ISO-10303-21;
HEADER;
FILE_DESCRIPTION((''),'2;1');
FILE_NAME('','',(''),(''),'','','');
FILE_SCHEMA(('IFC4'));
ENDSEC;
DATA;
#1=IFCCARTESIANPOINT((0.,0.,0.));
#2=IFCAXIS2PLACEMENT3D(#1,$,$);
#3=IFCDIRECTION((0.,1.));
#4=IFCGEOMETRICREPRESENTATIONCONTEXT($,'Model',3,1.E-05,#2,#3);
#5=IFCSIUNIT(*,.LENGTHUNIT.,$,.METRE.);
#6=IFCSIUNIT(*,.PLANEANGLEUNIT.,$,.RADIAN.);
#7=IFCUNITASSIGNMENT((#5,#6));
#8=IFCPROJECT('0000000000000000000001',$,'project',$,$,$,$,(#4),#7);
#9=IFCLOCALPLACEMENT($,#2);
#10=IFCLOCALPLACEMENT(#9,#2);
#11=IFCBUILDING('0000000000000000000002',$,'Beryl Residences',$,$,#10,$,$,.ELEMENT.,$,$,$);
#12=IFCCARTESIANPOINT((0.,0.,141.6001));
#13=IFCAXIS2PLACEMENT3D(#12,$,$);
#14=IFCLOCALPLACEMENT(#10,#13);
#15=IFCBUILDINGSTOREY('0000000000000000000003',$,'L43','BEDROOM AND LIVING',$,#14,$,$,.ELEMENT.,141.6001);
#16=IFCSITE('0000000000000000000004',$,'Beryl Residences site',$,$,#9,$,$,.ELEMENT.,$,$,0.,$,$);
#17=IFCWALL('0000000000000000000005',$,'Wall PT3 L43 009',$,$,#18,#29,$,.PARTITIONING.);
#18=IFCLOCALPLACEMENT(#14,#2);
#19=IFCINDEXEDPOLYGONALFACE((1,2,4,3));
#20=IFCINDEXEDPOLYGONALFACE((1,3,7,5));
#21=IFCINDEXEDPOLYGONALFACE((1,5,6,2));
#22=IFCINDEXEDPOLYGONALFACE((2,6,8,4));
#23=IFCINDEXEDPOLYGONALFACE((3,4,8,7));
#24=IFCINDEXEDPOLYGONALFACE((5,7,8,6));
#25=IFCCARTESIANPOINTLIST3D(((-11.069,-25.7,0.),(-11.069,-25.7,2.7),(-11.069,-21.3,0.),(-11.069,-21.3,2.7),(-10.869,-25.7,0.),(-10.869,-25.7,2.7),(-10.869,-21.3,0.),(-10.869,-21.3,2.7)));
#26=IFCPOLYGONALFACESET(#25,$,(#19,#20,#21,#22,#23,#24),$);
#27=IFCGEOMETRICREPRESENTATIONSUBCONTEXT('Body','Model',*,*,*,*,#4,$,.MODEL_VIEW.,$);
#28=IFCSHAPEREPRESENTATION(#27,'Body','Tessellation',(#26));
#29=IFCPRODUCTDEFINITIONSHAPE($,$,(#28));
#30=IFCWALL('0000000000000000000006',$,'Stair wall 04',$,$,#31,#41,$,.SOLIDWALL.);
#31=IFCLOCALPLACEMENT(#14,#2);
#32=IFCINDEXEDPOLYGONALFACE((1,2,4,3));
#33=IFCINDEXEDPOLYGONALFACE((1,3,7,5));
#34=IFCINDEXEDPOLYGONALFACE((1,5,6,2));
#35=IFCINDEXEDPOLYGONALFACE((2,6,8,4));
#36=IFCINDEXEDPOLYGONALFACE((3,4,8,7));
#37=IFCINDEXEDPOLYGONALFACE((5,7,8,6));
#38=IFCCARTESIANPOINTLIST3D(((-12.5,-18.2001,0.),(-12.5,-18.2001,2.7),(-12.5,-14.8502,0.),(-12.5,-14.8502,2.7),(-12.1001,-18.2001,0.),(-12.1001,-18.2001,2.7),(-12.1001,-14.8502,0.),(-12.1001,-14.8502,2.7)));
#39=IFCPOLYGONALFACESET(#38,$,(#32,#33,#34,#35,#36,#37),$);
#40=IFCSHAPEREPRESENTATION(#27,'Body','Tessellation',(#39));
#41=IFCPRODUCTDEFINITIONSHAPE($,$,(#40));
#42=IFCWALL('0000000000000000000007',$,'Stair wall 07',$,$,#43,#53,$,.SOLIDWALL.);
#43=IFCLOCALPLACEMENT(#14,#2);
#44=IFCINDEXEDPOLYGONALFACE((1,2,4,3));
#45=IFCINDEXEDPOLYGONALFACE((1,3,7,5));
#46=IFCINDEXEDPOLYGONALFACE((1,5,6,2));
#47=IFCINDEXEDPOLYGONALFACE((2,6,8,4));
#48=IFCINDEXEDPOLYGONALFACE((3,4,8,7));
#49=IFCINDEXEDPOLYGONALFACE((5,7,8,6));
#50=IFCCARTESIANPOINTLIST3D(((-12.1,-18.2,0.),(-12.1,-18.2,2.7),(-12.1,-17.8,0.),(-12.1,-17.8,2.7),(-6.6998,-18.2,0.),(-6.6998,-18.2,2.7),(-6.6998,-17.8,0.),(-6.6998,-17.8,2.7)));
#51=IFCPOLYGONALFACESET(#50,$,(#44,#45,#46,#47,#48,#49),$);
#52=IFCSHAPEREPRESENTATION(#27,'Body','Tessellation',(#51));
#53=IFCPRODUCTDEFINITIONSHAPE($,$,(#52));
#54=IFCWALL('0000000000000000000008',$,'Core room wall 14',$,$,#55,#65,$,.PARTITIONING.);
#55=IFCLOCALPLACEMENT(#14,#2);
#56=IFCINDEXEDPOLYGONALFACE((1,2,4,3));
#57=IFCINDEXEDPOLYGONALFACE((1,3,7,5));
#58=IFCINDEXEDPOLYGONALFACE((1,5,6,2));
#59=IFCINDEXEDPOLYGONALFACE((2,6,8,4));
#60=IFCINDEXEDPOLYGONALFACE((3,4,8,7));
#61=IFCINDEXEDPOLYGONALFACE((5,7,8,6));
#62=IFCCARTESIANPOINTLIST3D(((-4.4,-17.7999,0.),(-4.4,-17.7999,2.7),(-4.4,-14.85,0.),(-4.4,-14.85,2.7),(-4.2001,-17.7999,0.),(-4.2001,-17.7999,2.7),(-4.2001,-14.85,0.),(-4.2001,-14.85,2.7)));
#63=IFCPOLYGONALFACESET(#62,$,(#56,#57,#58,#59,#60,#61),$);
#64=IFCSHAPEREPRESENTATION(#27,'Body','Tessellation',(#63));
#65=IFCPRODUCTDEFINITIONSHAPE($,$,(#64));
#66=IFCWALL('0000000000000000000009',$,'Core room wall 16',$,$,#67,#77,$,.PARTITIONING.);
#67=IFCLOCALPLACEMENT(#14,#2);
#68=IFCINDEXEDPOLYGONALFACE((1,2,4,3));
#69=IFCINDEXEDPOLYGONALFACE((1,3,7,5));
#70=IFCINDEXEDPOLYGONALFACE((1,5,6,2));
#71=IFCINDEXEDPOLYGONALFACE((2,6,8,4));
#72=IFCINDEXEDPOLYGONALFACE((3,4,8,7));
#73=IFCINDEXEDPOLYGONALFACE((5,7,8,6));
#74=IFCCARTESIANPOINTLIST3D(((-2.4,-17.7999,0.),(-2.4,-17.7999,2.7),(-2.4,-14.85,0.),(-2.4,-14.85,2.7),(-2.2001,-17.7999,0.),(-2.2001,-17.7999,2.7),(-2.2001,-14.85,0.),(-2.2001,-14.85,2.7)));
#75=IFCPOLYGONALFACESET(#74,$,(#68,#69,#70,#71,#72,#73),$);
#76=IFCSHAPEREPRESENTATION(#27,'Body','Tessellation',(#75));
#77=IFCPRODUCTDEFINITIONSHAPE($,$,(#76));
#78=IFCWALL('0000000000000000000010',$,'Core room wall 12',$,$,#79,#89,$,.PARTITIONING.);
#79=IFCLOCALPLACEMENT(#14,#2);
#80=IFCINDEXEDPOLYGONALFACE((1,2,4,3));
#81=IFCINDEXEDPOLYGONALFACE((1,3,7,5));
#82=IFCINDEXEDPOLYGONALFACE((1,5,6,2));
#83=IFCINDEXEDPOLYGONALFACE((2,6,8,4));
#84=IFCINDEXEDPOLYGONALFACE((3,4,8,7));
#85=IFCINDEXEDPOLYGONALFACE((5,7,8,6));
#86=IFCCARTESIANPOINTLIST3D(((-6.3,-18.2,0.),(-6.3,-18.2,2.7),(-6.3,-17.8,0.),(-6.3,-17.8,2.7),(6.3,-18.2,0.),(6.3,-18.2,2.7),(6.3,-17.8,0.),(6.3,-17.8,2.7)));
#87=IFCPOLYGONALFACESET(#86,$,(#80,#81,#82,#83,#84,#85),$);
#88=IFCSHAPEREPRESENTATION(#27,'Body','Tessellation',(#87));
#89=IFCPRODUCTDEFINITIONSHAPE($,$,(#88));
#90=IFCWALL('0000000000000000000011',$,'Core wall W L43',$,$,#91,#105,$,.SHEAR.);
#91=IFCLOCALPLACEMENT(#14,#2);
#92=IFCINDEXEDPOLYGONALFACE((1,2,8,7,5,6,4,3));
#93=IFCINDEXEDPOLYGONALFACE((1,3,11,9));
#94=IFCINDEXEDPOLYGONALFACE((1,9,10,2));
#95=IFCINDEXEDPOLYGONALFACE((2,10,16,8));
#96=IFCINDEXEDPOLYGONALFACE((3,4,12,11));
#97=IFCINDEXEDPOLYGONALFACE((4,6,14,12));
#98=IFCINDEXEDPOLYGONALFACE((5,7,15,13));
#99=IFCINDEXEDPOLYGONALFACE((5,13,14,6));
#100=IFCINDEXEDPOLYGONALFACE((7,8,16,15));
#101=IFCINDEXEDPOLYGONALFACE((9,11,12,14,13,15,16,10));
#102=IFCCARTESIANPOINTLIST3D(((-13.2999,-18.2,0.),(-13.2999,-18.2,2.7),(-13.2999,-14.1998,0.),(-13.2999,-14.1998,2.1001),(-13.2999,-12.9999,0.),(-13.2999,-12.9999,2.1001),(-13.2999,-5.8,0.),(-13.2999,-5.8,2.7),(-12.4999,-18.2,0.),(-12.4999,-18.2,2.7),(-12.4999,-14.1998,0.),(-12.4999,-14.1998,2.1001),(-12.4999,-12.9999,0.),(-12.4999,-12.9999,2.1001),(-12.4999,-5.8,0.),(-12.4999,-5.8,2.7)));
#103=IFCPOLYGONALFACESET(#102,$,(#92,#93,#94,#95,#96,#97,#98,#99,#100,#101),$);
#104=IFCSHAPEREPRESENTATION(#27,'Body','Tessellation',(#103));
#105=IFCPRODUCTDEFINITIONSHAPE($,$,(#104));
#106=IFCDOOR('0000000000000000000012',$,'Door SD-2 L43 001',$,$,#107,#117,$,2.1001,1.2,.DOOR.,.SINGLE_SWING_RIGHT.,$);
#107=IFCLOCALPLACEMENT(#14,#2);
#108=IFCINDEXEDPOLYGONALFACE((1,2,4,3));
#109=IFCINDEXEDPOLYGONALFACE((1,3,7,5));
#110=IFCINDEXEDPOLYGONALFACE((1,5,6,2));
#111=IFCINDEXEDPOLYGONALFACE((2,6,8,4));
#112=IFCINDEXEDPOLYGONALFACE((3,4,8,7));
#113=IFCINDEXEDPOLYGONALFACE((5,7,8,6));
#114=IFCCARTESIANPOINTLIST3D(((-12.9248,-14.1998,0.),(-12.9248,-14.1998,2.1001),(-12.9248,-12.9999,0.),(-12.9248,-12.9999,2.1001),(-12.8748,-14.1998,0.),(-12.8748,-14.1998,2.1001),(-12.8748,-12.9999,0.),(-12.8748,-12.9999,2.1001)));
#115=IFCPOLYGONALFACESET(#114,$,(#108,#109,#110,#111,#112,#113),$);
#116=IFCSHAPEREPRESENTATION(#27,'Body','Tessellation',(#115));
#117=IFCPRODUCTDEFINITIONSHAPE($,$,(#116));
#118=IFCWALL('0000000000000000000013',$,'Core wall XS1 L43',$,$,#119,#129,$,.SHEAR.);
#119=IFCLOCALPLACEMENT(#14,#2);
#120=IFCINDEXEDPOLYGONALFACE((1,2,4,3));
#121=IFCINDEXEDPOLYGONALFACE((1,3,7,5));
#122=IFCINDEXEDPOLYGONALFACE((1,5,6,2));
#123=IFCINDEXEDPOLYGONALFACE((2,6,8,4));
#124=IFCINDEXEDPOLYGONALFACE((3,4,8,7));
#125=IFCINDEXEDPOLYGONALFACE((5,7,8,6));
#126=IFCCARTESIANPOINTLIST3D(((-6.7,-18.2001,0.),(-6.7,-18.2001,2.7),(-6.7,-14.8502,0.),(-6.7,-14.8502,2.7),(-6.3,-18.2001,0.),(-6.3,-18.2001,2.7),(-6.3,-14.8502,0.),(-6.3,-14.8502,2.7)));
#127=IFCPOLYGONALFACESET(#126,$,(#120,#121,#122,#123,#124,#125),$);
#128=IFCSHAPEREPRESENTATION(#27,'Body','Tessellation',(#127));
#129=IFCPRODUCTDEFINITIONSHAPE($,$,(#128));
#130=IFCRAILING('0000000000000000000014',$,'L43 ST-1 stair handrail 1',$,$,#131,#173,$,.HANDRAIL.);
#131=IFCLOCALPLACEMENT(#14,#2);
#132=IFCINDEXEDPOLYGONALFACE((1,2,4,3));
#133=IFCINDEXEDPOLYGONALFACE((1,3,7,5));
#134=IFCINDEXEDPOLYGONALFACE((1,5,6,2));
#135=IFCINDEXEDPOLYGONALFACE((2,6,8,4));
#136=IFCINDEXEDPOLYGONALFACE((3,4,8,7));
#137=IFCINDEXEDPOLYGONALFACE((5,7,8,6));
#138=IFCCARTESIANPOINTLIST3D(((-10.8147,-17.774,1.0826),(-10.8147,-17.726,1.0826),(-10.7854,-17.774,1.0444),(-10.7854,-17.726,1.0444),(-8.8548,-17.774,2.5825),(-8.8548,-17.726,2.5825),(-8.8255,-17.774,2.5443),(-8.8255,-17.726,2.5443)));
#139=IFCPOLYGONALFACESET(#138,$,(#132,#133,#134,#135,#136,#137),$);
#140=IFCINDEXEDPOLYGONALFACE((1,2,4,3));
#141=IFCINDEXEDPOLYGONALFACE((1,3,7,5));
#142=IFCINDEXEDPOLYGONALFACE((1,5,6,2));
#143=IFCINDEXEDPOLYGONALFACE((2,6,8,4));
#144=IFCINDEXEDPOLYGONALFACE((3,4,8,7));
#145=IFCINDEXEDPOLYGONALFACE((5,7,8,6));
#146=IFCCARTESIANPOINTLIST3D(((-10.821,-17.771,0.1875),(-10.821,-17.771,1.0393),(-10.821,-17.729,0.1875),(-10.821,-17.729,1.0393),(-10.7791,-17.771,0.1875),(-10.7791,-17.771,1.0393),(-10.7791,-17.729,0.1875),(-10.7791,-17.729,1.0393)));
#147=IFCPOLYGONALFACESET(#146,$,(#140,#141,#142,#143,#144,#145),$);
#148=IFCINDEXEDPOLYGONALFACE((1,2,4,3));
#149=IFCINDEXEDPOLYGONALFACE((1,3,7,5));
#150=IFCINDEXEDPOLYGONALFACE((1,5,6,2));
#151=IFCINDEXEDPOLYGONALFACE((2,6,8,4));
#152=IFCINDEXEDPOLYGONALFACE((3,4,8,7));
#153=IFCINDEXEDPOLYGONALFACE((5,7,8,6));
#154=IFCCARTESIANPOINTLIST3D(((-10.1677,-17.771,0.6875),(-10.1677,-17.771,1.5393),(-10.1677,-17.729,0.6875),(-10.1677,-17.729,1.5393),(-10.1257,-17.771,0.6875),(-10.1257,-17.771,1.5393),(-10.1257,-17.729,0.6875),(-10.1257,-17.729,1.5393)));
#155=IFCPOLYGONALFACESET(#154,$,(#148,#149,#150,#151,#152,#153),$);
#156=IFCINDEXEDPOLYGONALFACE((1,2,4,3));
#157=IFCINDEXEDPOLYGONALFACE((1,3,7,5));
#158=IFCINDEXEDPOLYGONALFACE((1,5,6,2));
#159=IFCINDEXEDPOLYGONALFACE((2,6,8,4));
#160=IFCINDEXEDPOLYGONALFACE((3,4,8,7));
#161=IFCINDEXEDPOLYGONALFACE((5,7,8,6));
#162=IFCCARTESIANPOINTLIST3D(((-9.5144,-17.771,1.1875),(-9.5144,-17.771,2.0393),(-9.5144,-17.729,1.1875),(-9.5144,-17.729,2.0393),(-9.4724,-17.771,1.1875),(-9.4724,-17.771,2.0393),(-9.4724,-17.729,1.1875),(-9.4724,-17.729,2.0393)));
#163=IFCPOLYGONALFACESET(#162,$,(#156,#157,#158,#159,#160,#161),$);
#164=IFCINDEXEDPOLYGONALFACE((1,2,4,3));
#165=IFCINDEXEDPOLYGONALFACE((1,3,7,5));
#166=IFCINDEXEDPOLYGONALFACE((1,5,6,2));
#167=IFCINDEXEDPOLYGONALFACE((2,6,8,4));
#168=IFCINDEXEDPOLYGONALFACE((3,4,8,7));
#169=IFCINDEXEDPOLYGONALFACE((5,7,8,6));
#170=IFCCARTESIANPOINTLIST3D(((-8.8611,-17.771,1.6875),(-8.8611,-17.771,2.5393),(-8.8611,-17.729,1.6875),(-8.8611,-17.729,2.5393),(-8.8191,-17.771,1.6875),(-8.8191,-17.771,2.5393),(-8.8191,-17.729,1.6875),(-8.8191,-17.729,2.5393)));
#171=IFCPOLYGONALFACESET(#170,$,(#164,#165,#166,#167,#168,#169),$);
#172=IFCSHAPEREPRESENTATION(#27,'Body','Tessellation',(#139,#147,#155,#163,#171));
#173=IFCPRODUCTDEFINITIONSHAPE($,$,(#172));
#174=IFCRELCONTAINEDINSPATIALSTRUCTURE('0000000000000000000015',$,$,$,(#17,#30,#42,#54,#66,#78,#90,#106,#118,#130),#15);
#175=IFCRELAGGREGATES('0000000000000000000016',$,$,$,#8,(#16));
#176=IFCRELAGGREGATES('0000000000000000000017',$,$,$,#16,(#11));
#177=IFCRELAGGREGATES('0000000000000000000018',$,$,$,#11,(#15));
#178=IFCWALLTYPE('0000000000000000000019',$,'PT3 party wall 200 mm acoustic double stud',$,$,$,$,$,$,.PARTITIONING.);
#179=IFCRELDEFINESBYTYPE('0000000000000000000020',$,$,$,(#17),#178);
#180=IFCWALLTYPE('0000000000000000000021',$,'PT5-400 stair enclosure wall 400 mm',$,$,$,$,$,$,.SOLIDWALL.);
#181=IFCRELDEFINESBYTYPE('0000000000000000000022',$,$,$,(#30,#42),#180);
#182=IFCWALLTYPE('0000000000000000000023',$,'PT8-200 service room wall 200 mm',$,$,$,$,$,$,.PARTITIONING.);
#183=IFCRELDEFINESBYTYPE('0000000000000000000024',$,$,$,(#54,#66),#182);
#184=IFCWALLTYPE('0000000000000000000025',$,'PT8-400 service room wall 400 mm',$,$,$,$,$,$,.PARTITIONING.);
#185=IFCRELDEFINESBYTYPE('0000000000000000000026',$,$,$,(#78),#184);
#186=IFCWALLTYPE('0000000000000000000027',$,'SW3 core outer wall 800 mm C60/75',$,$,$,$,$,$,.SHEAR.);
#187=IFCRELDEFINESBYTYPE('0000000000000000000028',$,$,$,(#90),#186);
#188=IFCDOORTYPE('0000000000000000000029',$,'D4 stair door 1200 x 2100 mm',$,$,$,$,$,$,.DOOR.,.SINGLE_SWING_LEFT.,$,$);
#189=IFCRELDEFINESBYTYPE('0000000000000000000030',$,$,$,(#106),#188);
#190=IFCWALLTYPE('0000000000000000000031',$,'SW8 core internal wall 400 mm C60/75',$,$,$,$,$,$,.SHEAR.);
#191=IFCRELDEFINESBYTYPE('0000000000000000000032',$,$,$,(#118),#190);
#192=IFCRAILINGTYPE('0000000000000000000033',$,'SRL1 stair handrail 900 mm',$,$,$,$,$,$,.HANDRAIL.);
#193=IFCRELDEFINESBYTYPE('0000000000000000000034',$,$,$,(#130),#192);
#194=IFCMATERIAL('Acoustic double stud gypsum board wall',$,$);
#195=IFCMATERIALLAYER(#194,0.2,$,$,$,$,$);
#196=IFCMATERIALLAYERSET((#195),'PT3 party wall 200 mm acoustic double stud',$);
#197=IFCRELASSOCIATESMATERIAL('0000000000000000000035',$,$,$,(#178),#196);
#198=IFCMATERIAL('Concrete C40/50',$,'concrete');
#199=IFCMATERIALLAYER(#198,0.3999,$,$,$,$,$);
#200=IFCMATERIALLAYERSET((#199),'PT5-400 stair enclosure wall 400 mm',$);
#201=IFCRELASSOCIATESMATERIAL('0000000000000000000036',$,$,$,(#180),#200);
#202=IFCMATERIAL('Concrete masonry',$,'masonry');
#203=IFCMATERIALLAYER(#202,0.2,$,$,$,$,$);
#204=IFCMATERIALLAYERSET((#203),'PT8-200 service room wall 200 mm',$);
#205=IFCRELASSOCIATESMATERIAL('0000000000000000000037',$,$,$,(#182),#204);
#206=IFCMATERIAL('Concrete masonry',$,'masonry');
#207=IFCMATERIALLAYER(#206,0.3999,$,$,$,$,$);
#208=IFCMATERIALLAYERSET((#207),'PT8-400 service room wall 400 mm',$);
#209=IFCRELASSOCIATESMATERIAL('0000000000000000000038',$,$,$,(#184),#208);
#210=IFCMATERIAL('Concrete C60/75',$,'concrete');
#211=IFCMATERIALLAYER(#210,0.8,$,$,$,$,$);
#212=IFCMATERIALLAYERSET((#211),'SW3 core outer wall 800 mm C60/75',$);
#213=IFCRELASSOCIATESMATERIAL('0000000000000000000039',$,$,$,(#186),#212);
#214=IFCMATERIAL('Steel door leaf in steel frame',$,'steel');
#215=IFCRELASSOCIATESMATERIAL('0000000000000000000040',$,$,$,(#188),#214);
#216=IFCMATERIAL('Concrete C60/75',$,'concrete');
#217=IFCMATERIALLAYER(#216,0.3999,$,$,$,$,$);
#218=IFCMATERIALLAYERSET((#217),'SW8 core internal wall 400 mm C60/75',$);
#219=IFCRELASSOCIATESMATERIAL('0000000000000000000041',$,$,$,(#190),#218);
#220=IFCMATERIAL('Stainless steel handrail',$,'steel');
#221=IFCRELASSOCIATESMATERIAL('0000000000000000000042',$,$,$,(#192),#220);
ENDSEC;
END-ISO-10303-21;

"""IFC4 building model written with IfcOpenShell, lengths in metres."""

from ifc_helpers import new_model, si_unit, direction, frame, frame_2d, origin, origin_2d, place, context, subcontext, project, spatial, rectangle, extrude, material, layer, layer_set, type_object, element, fill, save


model = new_model("IFC4")

# Units and contexts
model_context = context("Model", 3, precision=1e-05, world=origin(), true_north=direction((0.0, 1.0)))
body_context = subcontext(model_context, "Body", "Model", "MODEL_VIEW")
ifc_project = project(units=[si_unit("LENGTHUNIT", "METRE"), si_unit("PLANEANGLEUNIT", "RADIAN")], contexts=[model_context])

# Site, building, storey
site_placement = place(None, origin())
site = spatial("IfcSite", under=ifc_project, at=site_placement, Name="Beryl Residences site", CompositionType="ELEMENT", RefElevation=0.0)
building_placement = place(site_placement, origin())
building = spatial("IfcBuilding", under=site, at=building_placement, Name="Beryl Residences", CompositionType="ELEMENT")
storey_placement = place(building_placement, frame((0.0, 0.0, 141.6001)))
storey = spatial("IfcBuildingStorey", under=building, at=storey_placement, Name="L43", Description="BEDROOM AND LIVING", CompositionType="ELEMENT", Elevation=141.6001)

# Walls
ifc_material_1 = material(Name="Acoustic double stud gypsum board wall")
ifc_layer_1 = layer(ifc_material_1, 0.2)
ifc_layer_set_1 = layer_set([ifc_layer_1], Name="PT3 party wall 200 mm acoustic double stud")
wall_type_1 = type_object("IfcWallType", Name="PT3 party wall 200 mm acoustic double stud", PredefinedType="PARTITIONING", material=ifc_layer_set_1)
wall_1_placement = place(storey_placement, frame((-10.969, -25.7, 0.0), z_axis=(0.0, 0.0, 1.0), x_axis=(0.0, 1.0, 0.0)))
element("IfcWall", 1, at=wall_1_placement, inside=storey, type_object=wall_type_1, Name="Wall PT3 L43 009", PredefinedType="PARTITIONING", context=body_context, shape_type="SweptSolid", body=[
    extrude(rectangle(XDim=4.3999, YDim=0.2, at=frame_2d((2.2, 0.0))), origin(), (0.0, 0.0, 1.0), 2.7),
])
ifc_material_2 = material(Name="Concrete C40/50", Category="concrete")
ifc_layer_2 = layer(ifc_material_2, 0.3999)
ifc_layer_set_2 = layer_set([ifc_layer_2], Name="PT5-400 stair enclosure wall 400 mm")
wall_type_2 = type_object("IfcWallType", Name="PT5-400 stair enclosure wall 400 mm", PredefinedType="SOLIDWALL", material=ifc_layer_set_2)
wall_2_placement = place(storey_placement, frame((-12.3, -18.2, 0.0), z_axis=(0.0, 0.0, 1.0), x_axis=(0.0, 1.0, 0.0)))
element("IfcWall", 2, at=wall_2_placement, inside=storey, type_object=wall_type_2, Name="Stair wall 04", PredefinedType="SOLIDWALL", context=body_context, shape_type="SweptSolid", body=[
    extrude(rectangle(XDim=3.3499, YDim=0.3999, at=frame_2d((1.6748, 0.0))), origin(), (0.0, 0.0, 1.0), 2.7),
])
wall_3_placement = place(storey_placement, frame((-12.1001, -18.0, 0.0), z_axis=(0.0, 0.0, 1.0), x_axis=(1.0, 0.0, 0.0)))
element("IfcWall", 3, at=wall_3_placement, inside=storey, type_object=wall_type_2, Name="Stair wall 07", PredefinedType="SOLIDWALL", context=body_context, shape_type="SweptSolid", body=[
    extrude(rectangle(XDim=5.4001, YDim=0.3999, at=frame_2d((2.7002, 0.0))), origin(), (0.0, 0.0, 1.0), 2.7),
])
ifc_material_3 = material(Name="Concrete masonry", Category="masonry")
ifc_layer_3 = layer(ifc_material_3, 0.2)
ifc_layer_set_3 = layer_set([ifc_layer_3], Name="PT8-200 service room wall 200 mm")
wall_type_3 = type_object("IfcWallType", Name="PT8-200 service room wall 200 mm", PredefinedType="PARTITIONING", material=ifc_layer_set_3)
for number, where, z_axis, x_axis, name in (
    (4, (-4.3, -17.8, 0.0), (0.0, 0.0, 1.0), (0.0, 1.0, 0.0), "Core room wall 14"),
    (5, (-2.3, -17.8, 0.0), (0.0, 0.0, 1.0), (0.0, 1.0, 0.0), "Core room wall 16"),
):
    element("IfcWall", number, at=place(storey_placement, frame(where, z_axis=z_axis, x_axis=x_axis)), inside=storey, type_object=wall_type_3, Name=name, PredefinedType="PARTITIONING", context=body_context, shape_type="SweptSolid", body=[
        extrude(rectangle(XDim=2.95, YDim=0.2, at=frame_2d((1.4751, 0.0))), origin(), (0.0, 0.0, 1.0), 2.7),
    ])
ifc_material_4 = material(Name="Concrete masonry", Category="masonry")
ifc_layer_4 = layer(ifc_material_4, 0.3999)
ifc_layer_set_4 = layer_set([ifc_layer_4], Name="PT8-400 service room wall 400 mm")
wall_type_4 = type_object("IfcWallType", Name="PT8-400 service room wall 400 mm", PredefinedType="PARTITIONING", material=ifc_layer_set_4)
wall_4_placement = place(storey_placement, frame((-6.3, -18.0, 0.0), z_axis=(0.0, 0.0, 1.0), x_axis=(1.0, 0.0, 0.0)))
element("IfcWall", 6, at=wall_4_placement, inside=storey, type_object=wall_type_4, Name="Core room wall 12", PredefinedType="PARTITIONING", context=body_context, shape_type="SweptSolid", body=[
    extrude(rectangle(XDim=12.6001, YDim=0.3999, at=frame_2d((6.3, 0.0))), origin(), (0.0, 0.0, 1.0), 2.7),
])

# Wall, opening, door
ifc_material_5 = material(Name="Concrete C60/75", Category="concrete")
ifc_layer_5 = layer(ifc_material_5, 0.8)
ifc_layer_set_5 = layer_set([ifc_layer_5], Name="SW3 core outer wall 800 mm C60/75")
wall_type_5 = type_object("IfcWallType", Name="SW3 core outer wall 800 mm C60/75", PredefinedType="SHEAR", material=ifc_layer_set_5)
wall_5_placement = place(storey_placement, frame((-12.8999, -18.2, 0.0), z_axis=(0.0, 0.0, 1.0), x_axis=(0.0, 1.0, 0.0)))
wall_5 = element("IfcWall", 7, at=wall_5_placement, inside=storey, type_object=wall_type_5, Name="Core wall W L43", PredefinedType="SHEAR", context=body_context, shape_type="SweptSolid", body=[
    extrude(rectangle(XDim=12.3999, YDim=0.8, at=frame_2d((6.2, 0.0))), origin(), (0.0, 0.0, 1.0), 2.7),
])
opening_1_placement = place(wall_5_placement, frame((4.0, 0.0, 0.0)))
opening_1 = element("IfcOpeningElement", 8, at=opening_1_placement, cuts=wall_5, PredefinedType="OPENING", context=body_context, shape_type="SweptSolid", body=[
    extrude(rectangle(XDim=1.2, YDim=2.1001, at=frame_2d((0.6001, 1.05))), frame((0.0, 0.4099, 0.0), z_axis=(0.0, -1.0, 0.0), x_axis=(1.0, 0.0, 0.0)), (0.0, 0.0, 1.0), 0.8201),
])
ifc_material_6 = material(Name="Steel door leaf in steel frame", Category="steel")
door_type_1 = type_object("IfcDoorType", Name="D4 stair door 1200 x 2100 mm", OperationType="SINGLE_SWING_LEFT", PredefinedType="DOOR", material=ifc_material_6)
door_1_placement = place(opening_1_placement, origin())
door_1 = element("IfcDoor", 9, at=door_1_placement, inside=storey, type_object=door_type_1, Name="Door SD-2 L43 001", OperationType="SINGLE_SWING_RIGHT", OverallHeight=2.1001, OverallWidth=1.2, PredefinedType="DOOR", context=body_context, shape_type="SweptSolid", body=[
    extrude(rectangle(XDim=1.2, YDim=2.1001, at=frame_2d((0.6001, 1.05))), frame((0.0, 0.0249, 0.0), z_axis=(0.0, -1.0, 0.0), x_axis=(1.0, 0.0, 0.0)), (0.0, 0.0, 1.0), 0.05),
])
fill(opening_1, door_1)

# Wall
ifc_material_7 = material(Name="Concrete C60/75", Category="concrete")
ifc_layer_6 = layer(ifc_material_7, 0.3999)
ifc_layer_set_6 = layer_set([ifc_layer_6], Name="SW8 core internal wall 400 mm C60/75")
wall_type_6 = type_object("IfcWallType", Name="SW8 core internal wall 400 mm C60/75", PredefinedType="SHEAR", material=ifc_layer_set_6)
wall_6_placement = place(storey_placement, frame((-6.5, -18.2, 0.0), z_axis=(0.0, 0.0, 1.0), x_axis=(0.0, 1.0, 0.0)))
element("IfcWall", 10, at=wall_6_placement, inside=storey, type_object=wall_type_6, Name="Core wall XS1 L43", PredefinedType="SHEAR", context=body_context, shape_type="SweptSolid", body=[
    extrude(rectangle(XDim=3.3499, YDim=0.3999, at=frame_2d((1.6748, 0.0))), origin(), (0.0, 0.0, 1.0), 2.7),
])

# Railing
ifc_material_8 = material(Name="Stainless steel handrail", Category="steel")
railing_type = type_object("IfcRailingType", Name="SRL1 stair handrail 900 mm", PredefinedType="HANDRAIL", material=ifc_material_8)
railing_placement = place(storey_placement, frame((-10.8, -17.75, 0.1875)))
element("IfcRailing", 11, at=railing_placement, inside=storey, type_object=railing_type, Name="L43 ST-1 stair handrail 1", PredefinedType="HANDRAIL", context=body_context, shape_type="SweptSolid", body=[
    extrude(rectangle(XDim=0.0481, YDim=0.0481, at=origin_2d()), frame((0.0, 0.0, 0.876), z_axis=(0.794122, 0.0, 0.607758), x_axis=(0.0, 1.0, 0.0)), (0.0, 0.0, 1.0), 2.468),
    extrude(rectangle(XDim=0.042, YDim=0.042, at=origin_2d()), origin(), (0.0, 0.0, 1.0), 0.8518),
    extrude(rectangle(XDim=0.042, YDim=0.042, at=origin_2d()), frame((0.6533, 0.0, 0.5)), (0.0, 0.0, 1.0), 0.8518),
    extrude(rectangle(XDim=0.042, YDim=0.042, at=origin_2d()), frame((1.3066, 0.0, 1.0)), (0.0, 0.0, 1.0), 0.8518),
    extrude(rectangle(XDim=0.042, YDim=0.042, at=origin_2d()), frame((1.96, 0.0, 1.5)), (0.0, 0.0, 1.0), 0.8518),
])

save(model, "model.ifc")
